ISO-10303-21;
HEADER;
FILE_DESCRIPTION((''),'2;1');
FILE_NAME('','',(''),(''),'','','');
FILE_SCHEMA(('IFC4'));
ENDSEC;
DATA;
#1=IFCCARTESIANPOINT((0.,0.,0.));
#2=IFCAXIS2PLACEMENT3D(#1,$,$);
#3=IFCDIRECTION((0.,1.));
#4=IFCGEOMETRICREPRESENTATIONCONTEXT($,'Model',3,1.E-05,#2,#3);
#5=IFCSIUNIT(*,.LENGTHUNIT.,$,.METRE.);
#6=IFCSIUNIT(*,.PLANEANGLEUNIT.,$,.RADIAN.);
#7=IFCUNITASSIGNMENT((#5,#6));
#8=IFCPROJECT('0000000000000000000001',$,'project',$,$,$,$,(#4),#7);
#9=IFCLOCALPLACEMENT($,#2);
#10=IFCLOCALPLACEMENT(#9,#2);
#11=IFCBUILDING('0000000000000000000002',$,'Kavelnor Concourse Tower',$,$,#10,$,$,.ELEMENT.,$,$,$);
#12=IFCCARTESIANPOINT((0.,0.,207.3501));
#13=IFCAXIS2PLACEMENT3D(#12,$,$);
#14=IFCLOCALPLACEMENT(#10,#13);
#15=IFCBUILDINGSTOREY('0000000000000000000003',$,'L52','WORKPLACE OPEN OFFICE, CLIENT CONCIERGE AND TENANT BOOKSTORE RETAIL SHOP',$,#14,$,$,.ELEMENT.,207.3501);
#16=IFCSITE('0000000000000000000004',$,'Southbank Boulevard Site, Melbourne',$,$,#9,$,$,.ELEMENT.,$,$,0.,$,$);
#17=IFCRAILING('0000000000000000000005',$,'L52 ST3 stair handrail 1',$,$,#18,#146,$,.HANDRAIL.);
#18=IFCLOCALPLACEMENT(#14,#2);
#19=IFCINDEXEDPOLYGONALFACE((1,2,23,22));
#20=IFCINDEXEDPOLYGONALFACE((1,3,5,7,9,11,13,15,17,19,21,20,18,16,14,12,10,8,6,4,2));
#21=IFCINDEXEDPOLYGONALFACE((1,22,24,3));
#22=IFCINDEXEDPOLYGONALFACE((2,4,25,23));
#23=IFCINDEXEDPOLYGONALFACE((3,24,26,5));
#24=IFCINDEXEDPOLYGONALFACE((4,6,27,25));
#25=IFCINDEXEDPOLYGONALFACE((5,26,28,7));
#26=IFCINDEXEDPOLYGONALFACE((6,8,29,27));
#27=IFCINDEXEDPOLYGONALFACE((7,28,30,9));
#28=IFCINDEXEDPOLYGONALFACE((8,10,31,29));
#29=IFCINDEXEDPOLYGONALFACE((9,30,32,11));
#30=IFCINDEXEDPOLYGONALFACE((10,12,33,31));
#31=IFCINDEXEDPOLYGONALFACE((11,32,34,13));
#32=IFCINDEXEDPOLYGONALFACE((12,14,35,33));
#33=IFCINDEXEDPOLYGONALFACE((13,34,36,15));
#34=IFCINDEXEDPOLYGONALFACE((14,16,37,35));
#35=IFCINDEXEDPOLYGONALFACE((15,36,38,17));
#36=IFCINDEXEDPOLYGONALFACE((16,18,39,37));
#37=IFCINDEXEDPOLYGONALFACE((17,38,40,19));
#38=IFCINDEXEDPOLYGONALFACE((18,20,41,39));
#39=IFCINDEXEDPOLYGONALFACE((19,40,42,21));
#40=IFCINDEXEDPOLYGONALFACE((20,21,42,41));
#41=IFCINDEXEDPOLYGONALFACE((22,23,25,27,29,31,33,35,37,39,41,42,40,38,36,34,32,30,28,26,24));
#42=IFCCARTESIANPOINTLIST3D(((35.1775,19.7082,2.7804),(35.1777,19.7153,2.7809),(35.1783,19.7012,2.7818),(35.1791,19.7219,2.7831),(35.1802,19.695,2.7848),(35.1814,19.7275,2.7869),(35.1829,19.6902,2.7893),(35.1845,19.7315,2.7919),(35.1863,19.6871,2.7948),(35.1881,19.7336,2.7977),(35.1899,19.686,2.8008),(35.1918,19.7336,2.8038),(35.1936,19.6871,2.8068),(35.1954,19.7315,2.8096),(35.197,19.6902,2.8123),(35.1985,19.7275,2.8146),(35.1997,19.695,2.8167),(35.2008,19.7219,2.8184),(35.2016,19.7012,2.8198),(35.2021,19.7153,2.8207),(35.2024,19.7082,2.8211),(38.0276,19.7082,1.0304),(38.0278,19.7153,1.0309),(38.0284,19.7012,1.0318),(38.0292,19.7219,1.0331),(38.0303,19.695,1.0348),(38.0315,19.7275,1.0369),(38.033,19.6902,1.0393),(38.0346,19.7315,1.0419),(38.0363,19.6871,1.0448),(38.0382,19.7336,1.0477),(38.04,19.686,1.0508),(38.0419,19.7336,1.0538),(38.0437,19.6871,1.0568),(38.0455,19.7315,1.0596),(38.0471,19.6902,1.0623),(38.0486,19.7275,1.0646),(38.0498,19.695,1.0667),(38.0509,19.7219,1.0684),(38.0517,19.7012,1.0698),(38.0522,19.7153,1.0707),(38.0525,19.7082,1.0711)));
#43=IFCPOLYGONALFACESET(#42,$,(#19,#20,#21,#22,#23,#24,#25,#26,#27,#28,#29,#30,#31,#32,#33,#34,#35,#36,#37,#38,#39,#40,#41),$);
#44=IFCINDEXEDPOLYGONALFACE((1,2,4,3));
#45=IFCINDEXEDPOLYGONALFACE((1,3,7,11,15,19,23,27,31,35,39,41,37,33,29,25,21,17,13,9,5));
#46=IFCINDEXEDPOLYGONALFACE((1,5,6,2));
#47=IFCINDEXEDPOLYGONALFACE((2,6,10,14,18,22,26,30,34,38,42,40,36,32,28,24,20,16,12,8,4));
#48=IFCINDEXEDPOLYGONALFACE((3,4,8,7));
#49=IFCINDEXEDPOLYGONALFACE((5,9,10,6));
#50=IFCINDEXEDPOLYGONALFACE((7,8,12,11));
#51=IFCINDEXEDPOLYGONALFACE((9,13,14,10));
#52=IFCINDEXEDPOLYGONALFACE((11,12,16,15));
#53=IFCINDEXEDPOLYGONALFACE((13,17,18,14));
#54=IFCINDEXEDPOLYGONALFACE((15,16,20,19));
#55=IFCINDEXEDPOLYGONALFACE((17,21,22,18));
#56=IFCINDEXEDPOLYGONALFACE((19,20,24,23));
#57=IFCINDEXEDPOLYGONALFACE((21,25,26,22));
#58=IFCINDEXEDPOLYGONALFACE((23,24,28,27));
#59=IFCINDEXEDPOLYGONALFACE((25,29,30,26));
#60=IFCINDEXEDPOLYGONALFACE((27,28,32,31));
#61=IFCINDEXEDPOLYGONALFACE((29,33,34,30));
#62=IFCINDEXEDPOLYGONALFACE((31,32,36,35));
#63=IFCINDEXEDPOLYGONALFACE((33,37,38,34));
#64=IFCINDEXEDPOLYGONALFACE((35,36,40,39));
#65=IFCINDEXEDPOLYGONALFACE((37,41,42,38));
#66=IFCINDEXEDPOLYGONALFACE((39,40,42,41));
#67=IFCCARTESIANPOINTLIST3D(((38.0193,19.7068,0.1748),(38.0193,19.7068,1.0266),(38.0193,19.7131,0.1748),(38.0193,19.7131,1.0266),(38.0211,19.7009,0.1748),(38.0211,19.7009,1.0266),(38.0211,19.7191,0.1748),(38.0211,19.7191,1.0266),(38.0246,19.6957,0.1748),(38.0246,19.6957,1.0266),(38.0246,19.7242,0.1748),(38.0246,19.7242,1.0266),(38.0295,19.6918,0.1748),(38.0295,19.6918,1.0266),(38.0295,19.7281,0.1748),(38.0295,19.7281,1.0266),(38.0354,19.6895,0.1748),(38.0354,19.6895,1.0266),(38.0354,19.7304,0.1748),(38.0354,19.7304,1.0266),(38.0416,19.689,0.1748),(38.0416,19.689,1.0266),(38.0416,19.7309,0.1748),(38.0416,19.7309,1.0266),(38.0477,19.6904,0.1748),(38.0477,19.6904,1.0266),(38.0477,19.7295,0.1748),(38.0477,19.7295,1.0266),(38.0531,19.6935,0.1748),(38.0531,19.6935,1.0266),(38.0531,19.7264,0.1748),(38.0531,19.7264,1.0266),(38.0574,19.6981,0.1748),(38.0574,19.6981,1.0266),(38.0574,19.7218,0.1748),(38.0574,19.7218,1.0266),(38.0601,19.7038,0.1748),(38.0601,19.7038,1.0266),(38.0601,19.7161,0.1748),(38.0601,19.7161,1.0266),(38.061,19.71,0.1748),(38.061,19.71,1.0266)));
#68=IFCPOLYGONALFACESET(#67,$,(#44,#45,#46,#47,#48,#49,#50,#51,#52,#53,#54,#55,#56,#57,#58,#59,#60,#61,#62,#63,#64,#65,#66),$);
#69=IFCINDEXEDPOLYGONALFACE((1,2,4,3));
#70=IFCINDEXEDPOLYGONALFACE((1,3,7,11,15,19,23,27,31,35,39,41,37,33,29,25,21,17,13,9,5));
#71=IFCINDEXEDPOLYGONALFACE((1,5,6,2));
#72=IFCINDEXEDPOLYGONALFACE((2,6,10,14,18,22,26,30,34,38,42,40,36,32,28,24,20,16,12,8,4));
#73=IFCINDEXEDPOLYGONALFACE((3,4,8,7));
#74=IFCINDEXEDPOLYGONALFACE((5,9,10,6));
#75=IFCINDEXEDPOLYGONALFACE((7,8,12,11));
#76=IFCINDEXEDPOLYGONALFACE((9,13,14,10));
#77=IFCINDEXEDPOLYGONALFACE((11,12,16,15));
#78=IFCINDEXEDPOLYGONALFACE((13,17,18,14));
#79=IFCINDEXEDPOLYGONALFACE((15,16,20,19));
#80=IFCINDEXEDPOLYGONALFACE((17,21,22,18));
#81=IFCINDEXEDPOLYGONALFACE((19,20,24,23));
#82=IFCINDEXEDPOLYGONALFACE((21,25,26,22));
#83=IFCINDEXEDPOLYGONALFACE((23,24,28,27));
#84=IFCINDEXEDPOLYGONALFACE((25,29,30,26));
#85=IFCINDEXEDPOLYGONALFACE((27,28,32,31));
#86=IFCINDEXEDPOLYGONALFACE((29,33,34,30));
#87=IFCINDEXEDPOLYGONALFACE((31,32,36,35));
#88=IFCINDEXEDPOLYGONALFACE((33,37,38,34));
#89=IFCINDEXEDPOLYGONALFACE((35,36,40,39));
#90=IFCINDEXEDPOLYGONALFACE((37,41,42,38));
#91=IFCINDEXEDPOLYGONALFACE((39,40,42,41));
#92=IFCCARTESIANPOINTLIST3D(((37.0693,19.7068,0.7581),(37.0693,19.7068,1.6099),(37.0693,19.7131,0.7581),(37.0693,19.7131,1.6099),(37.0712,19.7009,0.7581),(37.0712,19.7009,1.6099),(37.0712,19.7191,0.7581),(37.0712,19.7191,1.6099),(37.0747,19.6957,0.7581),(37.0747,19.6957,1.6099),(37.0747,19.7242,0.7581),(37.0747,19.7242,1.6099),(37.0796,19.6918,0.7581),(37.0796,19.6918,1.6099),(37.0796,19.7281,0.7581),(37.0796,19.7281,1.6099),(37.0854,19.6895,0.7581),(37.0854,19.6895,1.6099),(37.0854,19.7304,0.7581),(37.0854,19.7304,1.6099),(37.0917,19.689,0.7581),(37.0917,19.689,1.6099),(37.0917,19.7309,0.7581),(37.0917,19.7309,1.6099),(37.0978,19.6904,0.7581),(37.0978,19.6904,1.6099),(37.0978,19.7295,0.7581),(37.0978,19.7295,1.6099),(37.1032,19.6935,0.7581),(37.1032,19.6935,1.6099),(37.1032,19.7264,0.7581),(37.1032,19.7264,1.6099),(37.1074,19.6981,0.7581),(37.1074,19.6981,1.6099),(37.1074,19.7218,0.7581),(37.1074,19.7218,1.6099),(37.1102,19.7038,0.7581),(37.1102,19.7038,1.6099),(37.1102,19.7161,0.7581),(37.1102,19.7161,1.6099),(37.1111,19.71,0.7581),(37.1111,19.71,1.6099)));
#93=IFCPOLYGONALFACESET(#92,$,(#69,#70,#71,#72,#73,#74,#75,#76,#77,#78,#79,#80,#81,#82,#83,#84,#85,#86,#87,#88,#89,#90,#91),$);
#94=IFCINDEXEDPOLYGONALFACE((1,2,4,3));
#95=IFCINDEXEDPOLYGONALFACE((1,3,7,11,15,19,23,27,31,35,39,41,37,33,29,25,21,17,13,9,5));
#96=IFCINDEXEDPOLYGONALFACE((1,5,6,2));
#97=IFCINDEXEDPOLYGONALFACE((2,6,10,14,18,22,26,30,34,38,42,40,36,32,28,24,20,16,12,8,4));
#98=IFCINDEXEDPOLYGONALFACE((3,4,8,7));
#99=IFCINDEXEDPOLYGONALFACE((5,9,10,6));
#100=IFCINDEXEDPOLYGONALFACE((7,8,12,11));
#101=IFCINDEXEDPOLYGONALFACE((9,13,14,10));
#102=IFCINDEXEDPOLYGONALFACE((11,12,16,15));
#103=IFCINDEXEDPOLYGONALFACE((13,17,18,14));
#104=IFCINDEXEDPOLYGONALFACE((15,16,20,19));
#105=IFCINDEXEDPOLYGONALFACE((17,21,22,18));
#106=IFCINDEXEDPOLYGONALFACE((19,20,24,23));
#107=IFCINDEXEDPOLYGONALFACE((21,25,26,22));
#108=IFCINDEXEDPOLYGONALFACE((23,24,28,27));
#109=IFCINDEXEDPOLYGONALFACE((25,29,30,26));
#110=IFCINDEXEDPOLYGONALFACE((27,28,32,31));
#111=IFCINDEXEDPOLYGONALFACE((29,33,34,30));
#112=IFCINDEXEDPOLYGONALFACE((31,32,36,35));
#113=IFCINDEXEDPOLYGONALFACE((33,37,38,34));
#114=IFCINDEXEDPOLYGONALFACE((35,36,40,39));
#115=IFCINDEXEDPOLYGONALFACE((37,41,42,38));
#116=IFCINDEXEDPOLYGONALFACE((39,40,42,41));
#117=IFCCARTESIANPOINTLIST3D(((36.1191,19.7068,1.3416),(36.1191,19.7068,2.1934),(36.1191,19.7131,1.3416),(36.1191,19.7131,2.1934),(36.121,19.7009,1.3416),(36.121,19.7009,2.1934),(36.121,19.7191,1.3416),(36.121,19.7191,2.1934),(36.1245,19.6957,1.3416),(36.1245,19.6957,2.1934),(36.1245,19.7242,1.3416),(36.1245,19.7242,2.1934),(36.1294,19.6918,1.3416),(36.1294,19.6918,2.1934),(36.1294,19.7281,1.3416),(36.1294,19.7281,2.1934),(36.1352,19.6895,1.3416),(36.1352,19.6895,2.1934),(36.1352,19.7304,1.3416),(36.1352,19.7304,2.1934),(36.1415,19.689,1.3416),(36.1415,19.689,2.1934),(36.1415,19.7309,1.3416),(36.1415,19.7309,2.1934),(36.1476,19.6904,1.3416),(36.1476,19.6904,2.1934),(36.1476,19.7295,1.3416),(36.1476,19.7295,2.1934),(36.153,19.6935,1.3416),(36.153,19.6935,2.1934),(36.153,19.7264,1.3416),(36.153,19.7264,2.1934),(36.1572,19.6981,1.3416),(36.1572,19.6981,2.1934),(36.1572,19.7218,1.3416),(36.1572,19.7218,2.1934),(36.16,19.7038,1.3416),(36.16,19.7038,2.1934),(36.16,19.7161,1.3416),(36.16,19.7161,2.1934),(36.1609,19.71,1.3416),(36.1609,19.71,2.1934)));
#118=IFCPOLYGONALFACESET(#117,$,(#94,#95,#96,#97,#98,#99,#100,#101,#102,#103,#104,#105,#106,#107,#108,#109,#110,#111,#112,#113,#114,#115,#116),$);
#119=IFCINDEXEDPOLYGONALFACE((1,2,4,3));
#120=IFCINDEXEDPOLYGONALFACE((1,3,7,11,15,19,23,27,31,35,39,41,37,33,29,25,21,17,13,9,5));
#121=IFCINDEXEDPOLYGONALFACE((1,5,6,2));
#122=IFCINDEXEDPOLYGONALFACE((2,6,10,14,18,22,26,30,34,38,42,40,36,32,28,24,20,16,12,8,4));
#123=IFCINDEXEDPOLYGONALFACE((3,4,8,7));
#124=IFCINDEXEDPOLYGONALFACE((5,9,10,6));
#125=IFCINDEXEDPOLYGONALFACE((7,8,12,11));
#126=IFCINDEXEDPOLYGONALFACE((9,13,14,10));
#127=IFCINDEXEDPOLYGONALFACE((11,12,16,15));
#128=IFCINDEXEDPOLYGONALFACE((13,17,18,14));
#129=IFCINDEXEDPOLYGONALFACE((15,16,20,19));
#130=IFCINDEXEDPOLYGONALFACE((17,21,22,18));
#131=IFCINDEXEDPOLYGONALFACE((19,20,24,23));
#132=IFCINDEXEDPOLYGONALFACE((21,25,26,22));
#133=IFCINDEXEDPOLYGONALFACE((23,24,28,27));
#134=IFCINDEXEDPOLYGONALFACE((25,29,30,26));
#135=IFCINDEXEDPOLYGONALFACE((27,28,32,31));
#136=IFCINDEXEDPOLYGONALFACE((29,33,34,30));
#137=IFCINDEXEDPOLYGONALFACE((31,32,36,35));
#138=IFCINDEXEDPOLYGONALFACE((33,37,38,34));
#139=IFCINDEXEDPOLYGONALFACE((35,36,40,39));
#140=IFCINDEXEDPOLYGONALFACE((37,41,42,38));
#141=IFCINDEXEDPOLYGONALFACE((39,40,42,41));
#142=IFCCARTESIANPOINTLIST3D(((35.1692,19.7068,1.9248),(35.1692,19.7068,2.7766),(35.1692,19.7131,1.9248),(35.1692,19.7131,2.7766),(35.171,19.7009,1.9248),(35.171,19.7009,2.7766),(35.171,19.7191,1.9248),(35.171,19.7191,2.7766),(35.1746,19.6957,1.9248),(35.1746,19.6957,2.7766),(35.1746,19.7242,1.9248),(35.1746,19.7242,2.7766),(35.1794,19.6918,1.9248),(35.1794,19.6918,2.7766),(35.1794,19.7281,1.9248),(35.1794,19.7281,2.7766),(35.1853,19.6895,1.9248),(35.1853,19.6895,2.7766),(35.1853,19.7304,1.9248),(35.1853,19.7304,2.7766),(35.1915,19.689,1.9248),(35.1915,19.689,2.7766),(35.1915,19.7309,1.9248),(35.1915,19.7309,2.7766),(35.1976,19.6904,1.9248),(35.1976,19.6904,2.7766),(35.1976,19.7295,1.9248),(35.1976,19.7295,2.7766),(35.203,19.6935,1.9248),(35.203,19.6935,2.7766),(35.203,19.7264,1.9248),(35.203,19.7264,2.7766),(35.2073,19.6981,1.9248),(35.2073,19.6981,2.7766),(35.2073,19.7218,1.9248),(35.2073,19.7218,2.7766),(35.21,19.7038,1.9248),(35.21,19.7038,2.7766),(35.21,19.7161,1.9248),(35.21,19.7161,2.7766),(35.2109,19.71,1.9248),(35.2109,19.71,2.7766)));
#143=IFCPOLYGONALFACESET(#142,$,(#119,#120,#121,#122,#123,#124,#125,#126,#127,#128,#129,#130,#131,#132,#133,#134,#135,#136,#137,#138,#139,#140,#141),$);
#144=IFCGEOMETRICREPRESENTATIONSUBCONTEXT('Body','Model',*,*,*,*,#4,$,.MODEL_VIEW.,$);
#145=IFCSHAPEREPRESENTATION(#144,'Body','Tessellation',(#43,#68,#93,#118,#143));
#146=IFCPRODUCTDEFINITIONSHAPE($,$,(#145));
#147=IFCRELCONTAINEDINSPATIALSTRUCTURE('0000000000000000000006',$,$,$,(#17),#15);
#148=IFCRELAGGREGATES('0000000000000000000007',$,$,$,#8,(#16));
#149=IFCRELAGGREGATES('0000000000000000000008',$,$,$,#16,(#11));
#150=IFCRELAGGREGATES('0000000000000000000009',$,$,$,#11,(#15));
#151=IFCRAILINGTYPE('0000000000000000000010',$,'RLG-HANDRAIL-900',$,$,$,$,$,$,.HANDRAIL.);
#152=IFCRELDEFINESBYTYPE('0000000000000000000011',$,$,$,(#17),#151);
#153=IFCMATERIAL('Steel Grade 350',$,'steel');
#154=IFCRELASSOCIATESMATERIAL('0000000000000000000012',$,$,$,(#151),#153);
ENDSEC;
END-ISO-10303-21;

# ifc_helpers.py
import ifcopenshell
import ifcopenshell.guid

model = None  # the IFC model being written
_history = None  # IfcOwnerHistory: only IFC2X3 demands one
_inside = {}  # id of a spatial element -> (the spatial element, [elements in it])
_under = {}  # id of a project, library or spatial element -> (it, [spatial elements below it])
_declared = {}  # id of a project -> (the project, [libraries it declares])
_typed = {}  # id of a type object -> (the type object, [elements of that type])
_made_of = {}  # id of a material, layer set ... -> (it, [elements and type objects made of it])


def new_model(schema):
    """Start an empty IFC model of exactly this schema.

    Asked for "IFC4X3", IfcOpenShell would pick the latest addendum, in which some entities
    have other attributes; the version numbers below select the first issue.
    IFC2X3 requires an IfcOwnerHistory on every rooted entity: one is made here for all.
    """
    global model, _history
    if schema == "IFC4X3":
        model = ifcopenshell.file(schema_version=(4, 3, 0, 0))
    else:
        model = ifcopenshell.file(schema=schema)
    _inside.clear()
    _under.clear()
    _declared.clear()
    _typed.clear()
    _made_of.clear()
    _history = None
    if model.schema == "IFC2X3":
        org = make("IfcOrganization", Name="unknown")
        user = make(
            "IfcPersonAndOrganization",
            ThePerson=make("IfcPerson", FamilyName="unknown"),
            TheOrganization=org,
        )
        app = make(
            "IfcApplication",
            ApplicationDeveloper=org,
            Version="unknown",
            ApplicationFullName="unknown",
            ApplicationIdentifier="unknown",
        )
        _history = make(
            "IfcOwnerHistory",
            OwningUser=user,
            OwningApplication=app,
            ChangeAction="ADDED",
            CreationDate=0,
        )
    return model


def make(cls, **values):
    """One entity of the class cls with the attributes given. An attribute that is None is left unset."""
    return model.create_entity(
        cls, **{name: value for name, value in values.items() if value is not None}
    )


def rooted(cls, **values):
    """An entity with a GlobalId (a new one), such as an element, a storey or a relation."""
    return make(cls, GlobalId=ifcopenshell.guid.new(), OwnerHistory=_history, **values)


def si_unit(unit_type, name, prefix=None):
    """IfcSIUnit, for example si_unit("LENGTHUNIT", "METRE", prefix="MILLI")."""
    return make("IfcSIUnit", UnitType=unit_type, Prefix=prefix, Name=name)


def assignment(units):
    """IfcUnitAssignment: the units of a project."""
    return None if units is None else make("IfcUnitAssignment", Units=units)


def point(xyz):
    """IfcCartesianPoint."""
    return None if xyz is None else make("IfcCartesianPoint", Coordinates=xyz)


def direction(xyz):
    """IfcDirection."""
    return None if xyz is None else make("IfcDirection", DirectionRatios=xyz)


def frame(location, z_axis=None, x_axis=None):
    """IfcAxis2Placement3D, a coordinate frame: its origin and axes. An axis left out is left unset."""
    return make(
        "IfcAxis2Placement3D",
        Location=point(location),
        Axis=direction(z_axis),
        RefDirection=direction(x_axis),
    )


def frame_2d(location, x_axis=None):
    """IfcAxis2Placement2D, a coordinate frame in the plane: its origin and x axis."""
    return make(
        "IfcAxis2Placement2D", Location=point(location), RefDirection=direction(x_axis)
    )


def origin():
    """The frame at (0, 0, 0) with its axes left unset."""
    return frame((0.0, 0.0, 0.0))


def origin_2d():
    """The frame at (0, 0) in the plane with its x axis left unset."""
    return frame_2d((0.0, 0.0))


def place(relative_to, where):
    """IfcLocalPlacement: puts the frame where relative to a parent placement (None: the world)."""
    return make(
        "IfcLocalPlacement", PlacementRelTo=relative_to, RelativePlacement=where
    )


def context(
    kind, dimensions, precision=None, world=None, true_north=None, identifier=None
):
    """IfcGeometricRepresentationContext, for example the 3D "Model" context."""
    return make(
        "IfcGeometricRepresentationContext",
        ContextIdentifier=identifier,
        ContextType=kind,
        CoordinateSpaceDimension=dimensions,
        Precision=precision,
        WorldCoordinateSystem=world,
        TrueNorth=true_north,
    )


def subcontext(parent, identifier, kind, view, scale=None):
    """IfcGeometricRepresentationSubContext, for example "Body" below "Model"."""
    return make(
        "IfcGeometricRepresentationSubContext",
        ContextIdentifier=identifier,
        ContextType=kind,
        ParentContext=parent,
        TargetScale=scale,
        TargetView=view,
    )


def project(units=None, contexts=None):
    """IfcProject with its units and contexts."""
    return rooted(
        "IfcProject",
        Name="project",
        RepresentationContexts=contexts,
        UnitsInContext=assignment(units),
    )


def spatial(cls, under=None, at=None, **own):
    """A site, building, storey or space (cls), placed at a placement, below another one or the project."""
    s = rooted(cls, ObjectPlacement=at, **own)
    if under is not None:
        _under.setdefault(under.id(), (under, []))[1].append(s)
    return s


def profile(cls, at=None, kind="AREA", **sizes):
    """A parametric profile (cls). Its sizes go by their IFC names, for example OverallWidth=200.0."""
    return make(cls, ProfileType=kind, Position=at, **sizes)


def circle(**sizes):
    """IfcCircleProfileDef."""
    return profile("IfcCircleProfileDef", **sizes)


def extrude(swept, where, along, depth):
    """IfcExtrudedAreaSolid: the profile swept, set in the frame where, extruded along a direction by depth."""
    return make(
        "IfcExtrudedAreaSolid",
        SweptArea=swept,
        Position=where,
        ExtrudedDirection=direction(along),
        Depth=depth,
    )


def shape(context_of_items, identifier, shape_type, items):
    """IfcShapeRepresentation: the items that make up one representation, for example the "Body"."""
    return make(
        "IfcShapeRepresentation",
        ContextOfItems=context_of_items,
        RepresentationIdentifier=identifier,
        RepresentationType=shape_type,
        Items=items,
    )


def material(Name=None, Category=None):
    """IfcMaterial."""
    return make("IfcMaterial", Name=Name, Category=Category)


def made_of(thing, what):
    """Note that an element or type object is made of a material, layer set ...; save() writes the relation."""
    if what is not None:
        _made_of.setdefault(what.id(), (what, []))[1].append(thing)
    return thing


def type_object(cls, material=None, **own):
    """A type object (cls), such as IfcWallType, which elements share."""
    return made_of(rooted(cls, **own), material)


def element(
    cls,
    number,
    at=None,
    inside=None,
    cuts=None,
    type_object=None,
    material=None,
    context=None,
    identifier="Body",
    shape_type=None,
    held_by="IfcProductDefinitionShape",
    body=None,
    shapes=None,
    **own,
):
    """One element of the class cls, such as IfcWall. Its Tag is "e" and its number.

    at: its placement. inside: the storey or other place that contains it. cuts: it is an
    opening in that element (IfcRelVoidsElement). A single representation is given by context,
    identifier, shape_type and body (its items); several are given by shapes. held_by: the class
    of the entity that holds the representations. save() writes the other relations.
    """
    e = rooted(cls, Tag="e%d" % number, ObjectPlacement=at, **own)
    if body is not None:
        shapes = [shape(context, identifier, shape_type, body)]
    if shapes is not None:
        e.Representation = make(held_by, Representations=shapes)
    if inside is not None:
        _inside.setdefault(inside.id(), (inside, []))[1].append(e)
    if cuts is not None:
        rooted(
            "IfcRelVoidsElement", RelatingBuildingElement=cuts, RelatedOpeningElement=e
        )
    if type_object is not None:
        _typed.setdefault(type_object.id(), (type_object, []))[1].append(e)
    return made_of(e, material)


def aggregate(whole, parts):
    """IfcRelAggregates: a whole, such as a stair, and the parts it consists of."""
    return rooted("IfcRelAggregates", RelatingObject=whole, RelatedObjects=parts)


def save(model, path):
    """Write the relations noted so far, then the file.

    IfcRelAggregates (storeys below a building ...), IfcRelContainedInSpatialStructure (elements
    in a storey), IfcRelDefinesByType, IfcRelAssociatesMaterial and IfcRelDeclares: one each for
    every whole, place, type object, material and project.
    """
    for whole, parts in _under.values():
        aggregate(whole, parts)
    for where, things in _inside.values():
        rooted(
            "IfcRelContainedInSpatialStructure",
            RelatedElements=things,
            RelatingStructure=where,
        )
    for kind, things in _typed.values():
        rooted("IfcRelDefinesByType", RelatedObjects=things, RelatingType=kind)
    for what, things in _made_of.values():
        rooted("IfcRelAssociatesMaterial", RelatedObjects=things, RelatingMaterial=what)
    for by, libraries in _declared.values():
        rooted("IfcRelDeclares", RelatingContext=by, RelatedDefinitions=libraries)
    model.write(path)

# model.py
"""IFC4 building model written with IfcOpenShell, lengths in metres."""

from ifc_helpers import new_model, si_unit, direction, frame, origin, origin_2d, place, context, subcontext, project, spatial, circle, extrude, material, type_object, element, save


model = new_model("IFC4")

# Units and contexts
model_context = context("Model", 3, precision=1e-05, world=origin(), true_north=direction((0.0, 1.0)))
body_context = subcontext(model_context, "Body", "Model", "MODEL_VIEW")
ifc_project = project(units=[si_unit("LENGTHUNIT", "METRE"), si_unit("PLANEANGLEUNIT", "RADIAN")], contexts=[model_context])

# Site, building, storey
site_placement = place(None, origin())
site = spatial("IfcSite", under=ifc_project, at=site_placement, Name="Southbank Boulevard Site, Melbourne", CompositionType="ELEMENT", RefElevation=0.0)
building_placement = place(site_placement, origin())
building = spatial("IfcBuilding", under=site, at=building_placement, Name="Kavelnor Concourse Tower", CompositionType="ELEMENT")
storey_placement = place(building_placement, frame((0.0, 0.0, 207.3501)))
storey = spatial("IfcBuildingStorey", under=building, at=storey_placement, Name="L52", Description="WORKPLACE OPEN OFFICE, CLIENT CONCIERGE AND TENANT BOOKSTORE RETAIL SHOP", CompositionType="ELEMENT", Elevation=207.3501)

# Shared definitions
ifc_material_1 = material(Name="Steel Grade 350", Category="steel")

# Railing
railing_type_1 = type_object("IfcRailingType", Name="RLG-HANDRAIL-900", PredefinedType="HANDRAIL", material=ifc_material_1)
railing_1_placement = place(storey_placement, frame((38.04, 19.71, 0.1748)))
element("IfcRailing", 1, at=railing_1_placement, inside=storey, type_object=railing_type_1, Name="L52 ST3 stair handrail 1", PredefinedType="HANDRAIL", context=body_context, shape_type="SweptSolid", body=[
    extrude(circle(Radius=0.0239, at=origin_2d()), frame((0.0, 0.0, 0.876), z_axis=(-0.852179, 0.0, 0.52325), x_axis=(0.0, -1.0, 0.0)), (0.0, 0.0, 1.0), 3.3445),
    extrude(circle(Radius=0.021, at=origin_2d()), origin(), (0.0, 0.0, 1.0), 0.8518),
    extrude(circle(Radius=0.021, at=origin_2d()), frame((-0.95, 0.0, 0.5833)), (0.0, 0.0, 1.0), 0.8518),
    extrude(circle(Radius=0.021, at=origin_2d()), frame((-1.9001, 0.0, 1.1667)), (0.0, 0.0, 1.0), 0.8518),
    extrude(circle(Radius=0.021, at=origin_2d()), frame((-2.8501, 0.0, 1.75)), (0.0, 0.0, 1.0), 0.8518),
])

save(model, "model.ifc")
